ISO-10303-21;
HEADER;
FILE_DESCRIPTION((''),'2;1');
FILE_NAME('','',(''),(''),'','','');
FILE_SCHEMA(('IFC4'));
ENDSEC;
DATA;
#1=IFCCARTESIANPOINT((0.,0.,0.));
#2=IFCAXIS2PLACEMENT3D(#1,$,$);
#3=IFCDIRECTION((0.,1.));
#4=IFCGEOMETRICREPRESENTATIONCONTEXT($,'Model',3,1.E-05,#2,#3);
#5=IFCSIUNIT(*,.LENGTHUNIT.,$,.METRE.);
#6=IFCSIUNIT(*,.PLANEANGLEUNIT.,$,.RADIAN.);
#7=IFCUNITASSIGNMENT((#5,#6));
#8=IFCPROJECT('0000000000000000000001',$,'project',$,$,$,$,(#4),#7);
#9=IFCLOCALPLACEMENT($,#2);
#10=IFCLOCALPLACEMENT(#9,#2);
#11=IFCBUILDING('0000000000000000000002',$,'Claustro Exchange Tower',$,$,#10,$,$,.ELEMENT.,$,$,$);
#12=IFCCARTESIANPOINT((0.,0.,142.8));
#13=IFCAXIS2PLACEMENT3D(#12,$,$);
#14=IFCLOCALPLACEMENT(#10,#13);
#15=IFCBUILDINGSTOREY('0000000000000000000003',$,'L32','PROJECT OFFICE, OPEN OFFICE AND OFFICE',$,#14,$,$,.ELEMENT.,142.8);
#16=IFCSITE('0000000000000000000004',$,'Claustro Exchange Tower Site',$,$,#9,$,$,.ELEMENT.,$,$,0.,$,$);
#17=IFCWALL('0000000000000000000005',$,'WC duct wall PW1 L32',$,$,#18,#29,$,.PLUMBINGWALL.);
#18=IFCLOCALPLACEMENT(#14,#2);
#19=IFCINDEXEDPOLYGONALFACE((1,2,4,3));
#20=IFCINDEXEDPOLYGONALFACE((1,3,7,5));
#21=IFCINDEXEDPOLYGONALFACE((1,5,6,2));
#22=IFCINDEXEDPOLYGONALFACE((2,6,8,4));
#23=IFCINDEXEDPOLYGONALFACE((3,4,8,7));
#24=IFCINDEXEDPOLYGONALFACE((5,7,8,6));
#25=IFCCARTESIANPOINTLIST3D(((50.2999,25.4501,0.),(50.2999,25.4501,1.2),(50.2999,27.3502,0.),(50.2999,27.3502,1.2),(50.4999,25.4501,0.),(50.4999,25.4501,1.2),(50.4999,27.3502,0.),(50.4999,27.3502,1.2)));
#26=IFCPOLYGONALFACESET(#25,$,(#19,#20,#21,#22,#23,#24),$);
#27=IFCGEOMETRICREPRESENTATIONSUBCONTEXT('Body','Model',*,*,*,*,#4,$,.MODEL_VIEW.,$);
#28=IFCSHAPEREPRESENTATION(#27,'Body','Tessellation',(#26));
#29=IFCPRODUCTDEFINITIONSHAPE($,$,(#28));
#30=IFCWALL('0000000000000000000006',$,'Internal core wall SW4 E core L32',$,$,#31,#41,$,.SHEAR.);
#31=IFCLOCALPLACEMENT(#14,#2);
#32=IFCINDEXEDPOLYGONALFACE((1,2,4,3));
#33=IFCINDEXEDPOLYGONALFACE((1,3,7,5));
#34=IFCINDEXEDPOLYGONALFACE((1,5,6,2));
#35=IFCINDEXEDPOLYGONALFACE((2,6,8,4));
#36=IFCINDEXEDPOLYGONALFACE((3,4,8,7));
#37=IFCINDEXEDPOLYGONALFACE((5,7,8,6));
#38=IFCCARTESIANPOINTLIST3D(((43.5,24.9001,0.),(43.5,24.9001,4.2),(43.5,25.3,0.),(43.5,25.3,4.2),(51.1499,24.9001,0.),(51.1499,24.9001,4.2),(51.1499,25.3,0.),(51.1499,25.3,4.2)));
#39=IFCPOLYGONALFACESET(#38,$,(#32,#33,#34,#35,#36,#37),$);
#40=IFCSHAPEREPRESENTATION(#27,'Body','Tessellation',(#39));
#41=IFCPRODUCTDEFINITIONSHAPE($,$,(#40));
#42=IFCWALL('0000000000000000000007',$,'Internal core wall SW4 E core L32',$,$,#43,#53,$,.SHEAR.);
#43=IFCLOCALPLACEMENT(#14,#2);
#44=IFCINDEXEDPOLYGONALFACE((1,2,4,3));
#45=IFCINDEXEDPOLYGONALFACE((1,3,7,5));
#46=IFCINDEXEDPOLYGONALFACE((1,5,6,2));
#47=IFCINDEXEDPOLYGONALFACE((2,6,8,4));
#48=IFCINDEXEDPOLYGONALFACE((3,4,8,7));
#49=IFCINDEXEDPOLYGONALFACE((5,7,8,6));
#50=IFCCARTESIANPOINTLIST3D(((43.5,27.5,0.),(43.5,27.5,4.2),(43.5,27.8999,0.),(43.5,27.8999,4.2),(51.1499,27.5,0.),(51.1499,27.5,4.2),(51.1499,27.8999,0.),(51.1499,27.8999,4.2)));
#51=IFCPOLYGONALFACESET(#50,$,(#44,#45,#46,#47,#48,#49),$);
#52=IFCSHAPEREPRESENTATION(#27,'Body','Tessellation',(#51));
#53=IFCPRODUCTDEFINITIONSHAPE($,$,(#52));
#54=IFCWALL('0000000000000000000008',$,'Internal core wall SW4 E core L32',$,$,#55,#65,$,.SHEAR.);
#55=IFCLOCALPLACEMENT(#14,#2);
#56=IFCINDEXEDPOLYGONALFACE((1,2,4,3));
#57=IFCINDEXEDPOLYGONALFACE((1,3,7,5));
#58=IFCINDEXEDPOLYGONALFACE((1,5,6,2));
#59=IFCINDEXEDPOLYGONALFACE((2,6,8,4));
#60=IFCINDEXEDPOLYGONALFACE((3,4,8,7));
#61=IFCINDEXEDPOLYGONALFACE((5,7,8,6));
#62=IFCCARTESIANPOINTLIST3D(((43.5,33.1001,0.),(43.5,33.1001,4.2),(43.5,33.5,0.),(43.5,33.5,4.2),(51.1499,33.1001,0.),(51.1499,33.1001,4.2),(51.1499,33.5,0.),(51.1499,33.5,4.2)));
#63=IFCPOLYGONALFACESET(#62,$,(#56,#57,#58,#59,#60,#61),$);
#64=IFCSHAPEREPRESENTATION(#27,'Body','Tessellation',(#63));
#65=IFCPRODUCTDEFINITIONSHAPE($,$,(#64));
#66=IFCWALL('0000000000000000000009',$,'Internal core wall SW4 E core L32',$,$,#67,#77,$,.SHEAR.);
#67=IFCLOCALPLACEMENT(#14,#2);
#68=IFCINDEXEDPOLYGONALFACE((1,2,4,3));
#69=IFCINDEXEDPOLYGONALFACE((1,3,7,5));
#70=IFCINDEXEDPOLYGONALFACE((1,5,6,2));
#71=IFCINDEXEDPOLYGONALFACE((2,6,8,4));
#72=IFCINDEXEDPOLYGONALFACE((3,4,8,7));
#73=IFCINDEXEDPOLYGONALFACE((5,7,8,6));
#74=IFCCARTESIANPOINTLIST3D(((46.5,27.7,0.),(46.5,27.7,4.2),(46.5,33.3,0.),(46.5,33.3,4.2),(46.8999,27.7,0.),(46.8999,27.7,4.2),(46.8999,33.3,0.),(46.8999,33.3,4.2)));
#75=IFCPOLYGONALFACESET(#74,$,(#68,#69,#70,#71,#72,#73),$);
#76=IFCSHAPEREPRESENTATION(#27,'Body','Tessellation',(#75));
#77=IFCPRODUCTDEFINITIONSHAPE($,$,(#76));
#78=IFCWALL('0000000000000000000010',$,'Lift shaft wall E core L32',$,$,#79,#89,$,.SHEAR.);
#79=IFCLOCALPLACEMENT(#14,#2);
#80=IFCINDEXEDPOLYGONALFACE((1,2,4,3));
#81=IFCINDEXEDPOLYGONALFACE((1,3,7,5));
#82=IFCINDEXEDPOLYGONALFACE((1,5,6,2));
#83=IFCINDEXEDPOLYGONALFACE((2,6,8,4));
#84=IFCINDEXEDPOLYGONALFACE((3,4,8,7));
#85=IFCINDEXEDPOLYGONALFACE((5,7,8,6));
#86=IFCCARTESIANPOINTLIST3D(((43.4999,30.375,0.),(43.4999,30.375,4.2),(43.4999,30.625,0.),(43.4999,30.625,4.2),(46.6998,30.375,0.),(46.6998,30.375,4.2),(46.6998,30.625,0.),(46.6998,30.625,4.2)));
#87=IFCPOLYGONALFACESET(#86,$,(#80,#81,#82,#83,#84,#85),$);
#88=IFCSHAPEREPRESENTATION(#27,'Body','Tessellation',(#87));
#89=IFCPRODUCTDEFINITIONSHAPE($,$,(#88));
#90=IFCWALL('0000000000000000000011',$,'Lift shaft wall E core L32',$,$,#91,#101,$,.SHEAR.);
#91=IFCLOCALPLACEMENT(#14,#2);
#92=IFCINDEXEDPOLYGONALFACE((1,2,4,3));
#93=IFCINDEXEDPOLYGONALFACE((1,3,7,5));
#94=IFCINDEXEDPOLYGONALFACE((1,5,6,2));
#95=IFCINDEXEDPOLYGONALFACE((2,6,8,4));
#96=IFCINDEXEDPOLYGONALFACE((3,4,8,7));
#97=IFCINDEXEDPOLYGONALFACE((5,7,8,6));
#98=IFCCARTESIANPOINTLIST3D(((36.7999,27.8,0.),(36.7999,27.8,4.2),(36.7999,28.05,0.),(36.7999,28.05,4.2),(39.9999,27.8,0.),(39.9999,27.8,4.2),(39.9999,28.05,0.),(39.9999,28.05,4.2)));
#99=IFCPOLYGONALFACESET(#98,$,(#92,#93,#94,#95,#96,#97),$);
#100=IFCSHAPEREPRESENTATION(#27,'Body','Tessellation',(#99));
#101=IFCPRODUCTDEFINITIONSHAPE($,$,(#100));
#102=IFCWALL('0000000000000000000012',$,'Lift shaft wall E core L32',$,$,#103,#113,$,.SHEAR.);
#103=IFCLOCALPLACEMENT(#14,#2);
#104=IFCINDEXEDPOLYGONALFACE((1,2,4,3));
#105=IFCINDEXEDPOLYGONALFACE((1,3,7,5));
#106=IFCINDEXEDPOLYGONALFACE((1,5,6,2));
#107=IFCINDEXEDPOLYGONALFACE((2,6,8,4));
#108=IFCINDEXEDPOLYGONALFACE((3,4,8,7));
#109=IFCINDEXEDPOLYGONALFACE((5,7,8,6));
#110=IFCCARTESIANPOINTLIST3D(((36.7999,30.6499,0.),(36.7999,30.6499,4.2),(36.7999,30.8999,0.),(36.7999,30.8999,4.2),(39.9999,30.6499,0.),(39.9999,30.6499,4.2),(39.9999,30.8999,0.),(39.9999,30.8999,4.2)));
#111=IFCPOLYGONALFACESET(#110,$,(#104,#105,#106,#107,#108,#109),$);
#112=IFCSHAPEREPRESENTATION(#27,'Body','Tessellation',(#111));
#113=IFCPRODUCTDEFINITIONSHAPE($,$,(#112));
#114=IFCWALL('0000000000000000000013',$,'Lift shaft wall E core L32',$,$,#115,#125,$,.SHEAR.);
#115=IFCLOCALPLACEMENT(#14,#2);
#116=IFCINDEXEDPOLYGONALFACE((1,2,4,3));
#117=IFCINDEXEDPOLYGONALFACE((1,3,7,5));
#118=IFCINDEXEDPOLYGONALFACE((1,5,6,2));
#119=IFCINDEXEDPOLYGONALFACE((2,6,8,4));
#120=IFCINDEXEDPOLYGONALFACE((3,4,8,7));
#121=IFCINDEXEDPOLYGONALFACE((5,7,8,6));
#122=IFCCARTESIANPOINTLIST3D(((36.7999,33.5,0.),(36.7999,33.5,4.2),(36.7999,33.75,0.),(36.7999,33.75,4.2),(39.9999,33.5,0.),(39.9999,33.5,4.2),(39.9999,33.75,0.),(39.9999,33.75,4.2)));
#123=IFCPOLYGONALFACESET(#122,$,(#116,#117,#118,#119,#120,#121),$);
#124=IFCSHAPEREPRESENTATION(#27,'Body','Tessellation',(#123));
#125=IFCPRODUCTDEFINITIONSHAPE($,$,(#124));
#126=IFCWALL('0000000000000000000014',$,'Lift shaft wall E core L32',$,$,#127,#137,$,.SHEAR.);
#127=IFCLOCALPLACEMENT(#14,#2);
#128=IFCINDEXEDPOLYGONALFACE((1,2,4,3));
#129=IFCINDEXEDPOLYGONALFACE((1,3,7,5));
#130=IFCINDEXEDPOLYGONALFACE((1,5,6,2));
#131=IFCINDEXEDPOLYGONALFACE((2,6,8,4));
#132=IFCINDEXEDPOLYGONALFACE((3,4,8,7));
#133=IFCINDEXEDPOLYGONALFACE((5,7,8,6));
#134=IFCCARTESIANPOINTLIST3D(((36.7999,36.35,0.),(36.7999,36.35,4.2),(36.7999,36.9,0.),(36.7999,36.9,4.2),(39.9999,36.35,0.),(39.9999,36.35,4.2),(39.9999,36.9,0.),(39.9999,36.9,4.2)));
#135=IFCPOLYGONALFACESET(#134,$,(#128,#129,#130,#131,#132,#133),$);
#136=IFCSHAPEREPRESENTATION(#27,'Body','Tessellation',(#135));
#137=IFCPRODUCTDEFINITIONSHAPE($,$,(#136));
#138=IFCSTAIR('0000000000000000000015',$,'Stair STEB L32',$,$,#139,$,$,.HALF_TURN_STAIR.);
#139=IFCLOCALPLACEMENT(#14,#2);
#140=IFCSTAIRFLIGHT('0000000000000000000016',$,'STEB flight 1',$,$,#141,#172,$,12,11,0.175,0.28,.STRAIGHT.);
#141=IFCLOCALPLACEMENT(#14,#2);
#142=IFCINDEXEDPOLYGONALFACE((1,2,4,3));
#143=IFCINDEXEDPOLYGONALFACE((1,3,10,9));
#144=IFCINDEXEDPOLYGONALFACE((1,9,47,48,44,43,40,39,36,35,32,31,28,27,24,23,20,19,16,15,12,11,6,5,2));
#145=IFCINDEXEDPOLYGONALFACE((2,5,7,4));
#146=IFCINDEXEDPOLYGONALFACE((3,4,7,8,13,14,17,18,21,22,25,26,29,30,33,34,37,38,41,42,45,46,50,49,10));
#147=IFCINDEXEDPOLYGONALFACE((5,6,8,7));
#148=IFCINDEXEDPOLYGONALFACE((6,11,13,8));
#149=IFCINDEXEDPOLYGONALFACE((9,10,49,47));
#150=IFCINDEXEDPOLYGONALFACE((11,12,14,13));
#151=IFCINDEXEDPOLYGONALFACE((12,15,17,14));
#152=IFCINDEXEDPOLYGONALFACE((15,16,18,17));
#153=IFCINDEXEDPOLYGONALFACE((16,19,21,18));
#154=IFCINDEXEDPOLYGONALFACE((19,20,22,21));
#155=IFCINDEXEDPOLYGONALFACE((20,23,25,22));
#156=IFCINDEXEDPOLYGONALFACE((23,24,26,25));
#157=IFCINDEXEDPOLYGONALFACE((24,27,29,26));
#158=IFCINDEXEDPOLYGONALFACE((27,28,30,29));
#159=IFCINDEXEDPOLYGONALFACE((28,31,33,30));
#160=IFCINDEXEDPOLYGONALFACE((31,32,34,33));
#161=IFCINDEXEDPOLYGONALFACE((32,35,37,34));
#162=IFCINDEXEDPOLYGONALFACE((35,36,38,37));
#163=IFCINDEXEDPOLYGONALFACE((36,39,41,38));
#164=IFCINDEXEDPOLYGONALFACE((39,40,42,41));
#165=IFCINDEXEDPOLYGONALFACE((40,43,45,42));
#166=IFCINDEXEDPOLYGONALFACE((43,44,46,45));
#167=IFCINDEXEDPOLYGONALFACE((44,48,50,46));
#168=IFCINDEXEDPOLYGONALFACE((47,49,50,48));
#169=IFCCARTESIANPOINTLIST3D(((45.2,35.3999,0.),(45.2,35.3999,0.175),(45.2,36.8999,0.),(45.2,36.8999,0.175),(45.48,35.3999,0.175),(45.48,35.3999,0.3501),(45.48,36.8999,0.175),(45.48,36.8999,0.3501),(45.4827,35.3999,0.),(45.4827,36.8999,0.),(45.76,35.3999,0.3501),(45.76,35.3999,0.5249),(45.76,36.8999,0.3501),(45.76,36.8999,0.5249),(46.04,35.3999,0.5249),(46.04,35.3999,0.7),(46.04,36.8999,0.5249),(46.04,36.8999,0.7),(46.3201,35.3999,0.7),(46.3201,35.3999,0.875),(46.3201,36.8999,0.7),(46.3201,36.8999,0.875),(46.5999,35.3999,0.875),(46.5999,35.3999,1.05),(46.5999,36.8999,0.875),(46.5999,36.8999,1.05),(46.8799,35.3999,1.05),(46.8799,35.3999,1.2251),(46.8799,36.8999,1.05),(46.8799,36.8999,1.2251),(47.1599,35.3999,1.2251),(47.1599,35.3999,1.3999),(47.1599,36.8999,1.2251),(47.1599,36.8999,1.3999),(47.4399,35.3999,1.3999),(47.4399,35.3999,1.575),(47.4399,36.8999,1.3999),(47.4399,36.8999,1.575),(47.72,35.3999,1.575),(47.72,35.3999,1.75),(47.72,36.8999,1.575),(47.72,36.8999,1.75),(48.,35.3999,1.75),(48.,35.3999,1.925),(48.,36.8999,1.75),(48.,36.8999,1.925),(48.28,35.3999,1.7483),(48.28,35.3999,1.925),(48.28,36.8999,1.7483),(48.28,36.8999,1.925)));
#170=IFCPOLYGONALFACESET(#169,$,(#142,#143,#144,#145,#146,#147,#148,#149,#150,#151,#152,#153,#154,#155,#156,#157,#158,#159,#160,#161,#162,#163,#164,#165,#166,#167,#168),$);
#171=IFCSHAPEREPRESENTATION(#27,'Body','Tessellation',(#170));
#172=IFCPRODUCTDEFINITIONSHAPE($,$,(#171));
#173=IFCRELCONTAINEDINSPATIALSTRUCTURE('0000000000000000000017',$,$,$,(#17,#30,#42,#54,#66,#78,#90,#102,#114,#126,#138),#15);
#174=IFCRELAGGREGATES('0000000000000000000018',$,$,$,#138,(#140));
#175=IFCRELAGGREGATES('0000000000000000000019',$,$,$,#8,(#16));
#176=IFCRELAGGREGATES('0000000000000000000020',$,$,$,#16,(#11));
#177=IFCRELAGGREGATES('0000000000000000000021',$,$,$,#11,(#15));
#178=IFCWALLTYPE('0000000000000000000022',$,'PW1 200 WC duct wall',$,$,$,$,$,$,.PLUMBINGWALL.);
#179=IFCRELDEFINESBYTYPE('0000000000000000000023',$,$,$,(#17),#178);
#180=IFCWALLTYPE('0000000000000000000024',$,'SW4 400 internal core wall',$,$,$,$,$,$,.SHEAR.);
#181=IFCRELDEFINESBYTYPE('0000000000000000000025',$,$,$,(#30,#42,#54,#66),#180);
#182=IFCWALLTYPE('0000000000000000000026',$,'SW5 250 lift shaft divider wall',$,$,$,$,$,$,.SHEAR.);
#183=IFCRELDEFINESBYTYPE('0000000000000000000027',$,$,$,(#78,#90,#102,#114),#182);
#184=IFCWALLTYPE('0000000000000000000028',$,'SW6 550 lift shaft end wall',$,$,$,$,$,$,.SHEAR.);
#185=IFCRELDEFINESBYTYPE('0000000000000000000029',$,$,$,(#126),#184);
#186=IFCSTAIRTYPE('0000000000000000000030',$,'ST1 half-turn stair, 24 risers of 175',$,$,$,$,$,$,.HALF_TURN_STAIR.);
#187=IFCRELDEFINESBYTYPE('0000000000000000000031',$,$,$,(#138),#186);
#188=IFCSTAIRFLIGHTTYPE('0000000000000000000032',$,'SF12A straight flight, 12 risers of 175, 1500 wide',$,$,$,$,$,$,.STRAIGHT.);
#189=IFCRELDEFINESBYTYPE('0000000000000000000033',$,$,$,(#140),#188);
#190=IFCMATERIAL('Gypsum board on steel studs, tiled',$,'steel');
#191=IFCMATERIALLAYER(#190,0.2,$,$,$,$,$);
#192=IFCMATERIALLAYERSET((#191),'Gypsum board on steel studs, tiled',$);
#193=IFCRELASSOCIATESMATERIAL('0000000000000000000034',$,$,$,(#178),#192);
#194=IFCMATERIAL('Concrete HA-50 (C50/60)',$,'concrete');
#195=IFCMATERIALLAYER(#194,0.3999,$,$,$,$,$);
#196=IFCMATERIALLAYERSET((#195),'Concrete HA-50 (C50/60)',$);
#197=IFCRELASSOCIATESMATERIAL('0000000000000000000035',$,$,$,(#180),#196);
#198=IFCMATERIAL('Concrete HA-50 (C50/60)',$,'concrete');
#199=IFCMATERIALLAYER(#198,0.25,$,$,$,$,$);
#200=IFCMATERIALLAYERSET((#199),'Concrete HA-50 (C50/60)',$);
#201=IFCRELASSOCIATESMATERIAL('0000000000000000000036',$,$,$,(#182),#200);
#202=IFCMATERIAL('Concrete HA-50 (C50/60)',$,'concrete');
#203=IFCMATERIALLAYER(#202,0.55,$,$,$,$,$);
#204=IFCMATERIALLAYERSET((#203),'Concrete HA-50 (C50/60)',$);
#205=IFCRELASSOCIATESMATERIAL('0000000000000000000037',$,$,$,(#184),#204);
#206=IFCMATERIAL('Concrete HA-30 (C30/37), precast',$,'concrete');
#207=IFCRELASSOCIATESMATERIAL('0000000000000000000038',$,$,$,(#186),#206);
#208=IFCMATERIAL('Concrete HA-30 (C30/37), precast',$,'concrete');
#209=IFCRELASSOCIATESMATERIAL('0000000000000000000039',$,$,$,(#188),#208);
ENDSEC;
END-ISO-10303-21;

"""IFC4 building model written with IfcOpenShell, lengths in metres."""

from ifc_helpers import new_model, si_unit, direction, frame, frame_2d, origin, place, context, subcontext, project, spatial, polyline, rectangle, outline, extrude, material, layer, layer_set, type_object, element, aggregate, save


model = new_model("IFC4")

# Units and contexts
model_context = context("Model", 3, precision=1e-05, world=origin(), true_north=direction((0.0, 1.0)))
body_context = subcontext(model_context, "Body", "Model", "MODEL_VIEW")
ifc_project = project(units=[si_unit("LENGTHUNIT", "METRE"), si_unit("PLANEANGLEUNIT", "RADIAN")], contexts=[model_context])

# Site, building, storey
site_placement = place(None, origin())
site = spatial("IfcSite", under=ifc_project, at=site_placement, Name="Claustro Exchange Tower Site", CompositionType="ELEMENT", RefElevation=0.0)
building_placement = place(site_placement, origin())
building = spatial("IfcBuilding", under=site, at=building_placement, Name="Claustro Exchange Tower", CompositionType="ELEMENT")
storey_placement = place(building_placement, frame((0.0, 0.0, 142.8)))
storey = spatial("IfcBuildingStorey", under=building, at=storey_placement, Name="L32", Description="PROJECT OFFICE, OPEN OFFICE AND OFFICE", CompositionType="ELEMENT", Elevation=142.8)

# Walls
ifc_material_1 = material(Name="Gypsum board on steel studs, tiled", Category="steel")
ifc_layer_1 = layer(ifc_material_1, 0.2)
ifc_layer_set_1 = layer_set([ifc_layer_1], Name="Gypsum board on steel studs, tiled")
wall_type_1 = type_object("IfcWallType", Name="PW1 200 WC duct wall", PredefinedType="PLUMBINGWALL", material=ifc_layer_set_1)
wall_1_placement = place(storey_placement, frame((50.3999, 25.45, 0.0), z_axis=(0.0, 0.0, 1.0), x_axis=(0.0, 1.0, 0.0)))
element("IfcWall", 1, at=wall_1_placement, inside=storey, type_object=wall_type_1, Name="WC duct wall PW1 L32", PredefinedType="PLUMBINGWALL", context=body_context, shape_type="SweptSolid", body=[
    extrude(rectangle(XDim=1.9001, YDim=0.2, at=frame_2d((0.9502, 0.0))), origin(), (0.0, 0.0, 1.0), 1.2),
])
ifc_material_2 = material(Name="Concrete HA-50 (C50/60)", Category="concrete")
ifc_layer_2 = layer(ifc_material_2, 0.3999)
ifc_layer_set_2 = layer_set([ifc_layer_2], Name="Concrete HA-50 (C50/60)")
wall_type_2 = type_object("IfcWallType", Name="SW4 400 internal core wall", PredefinedType="SHEAR", material=ifc_layer_set_2)
for number, where, z_axis, x_axis, name in (
    (2, (51.1499, 25.1001, 0.0), (0.0, 0.0, 1.0), (-1.0, 0.0, 0.0), "Internal core wall SW4 E core L32"),
    (3, (51.1499, 27.7, 0.0), (0.0, 0.0, 1.0), (-1.0, 0.0, 0.0), "Internal core wall SW4 E core L32"),
    (4, (51.1499, 33.3, 0.0), (0.0, 0.0, 1.0), (-1.0, 0.0, 0.0), "Internal core wall SW4 E core L32"),
):
    element("IfcWall", number, at=place(storey_placement, frame(where, z_axis=z_axis, x_axis=x_axis)), inside=storey, type_object=wall_type_2, Name=name, PredefinedType="SHEAR", context=body_context, shape_type="SweptSolid", body=[
        extrude(rectangle(XDim=7.6499, YDim=0.3999, at=frame_2d((3.825, 0.0))), origin(), (0.0, 0.0, 1.0), 4.2),
    ])
wall_2_placement = place(storey_placement, frame((46.7, 27.7, 0.0), z_axis=(0.0, 0.0, 1.0), x_axis=(0.0, 1.0, 0.0)))
element("IfcWall", 5, at=wall_2_placement, inside=storey, type_object=wall_type_2, Name="Internal core wall SW4 E core L32", PredefinedType="SHEAR", context=body_context, shape_type="SweptSolid", body=[
    extrude(rectangle(XDim=5.6001, YDim=0.3999, at=frame_2d((2.8, 0.0))), origin(), (0.0, 0.0, 1.0), 4.2),
])
ifc_material_3 = material(Name="Concrete HA-50 (C50/60)", Category="concrete")
ifc_layer_3 = layer(ifc_material_3, 0.25)
ifc_layer_set_3 = layer_set([ifc_layer_3], Name="Concrete HA-50 (C50/60)")
wall_type_3 = type_object("IfcWallType", Name="SW5 250 lift shaft divider wall", PredefinedType="SHEAR", material=ifc_layer_set_3)
for number, where, z_axis, x_axis, name in (
    (6, (46.7, 30.5, 0.0), (0.0, 0.0, 1.0), (-1.0, 0.0, 0.0), "Lift shaft wall E core L32"),
    (7, (40.0, 27.925, 0.0), (0.0, 0.0, 1.0), (-1.0, 0.0, 0.0), "Lift shaft wall E core L32"),
    (8, (40.0, 30.7749, 0.0), (0.0, 0.0, 1.0), (-1.0, 0.0, 0.0), "Lift shaft wall E core L32"),
    (9, (40.0, 33.625, 0.0), (0.0, 0.0, 1.0), (-1.0, 0.0, 0.0), "Lift shaft wall E core L32"),
):
    element("IfcWall", number, at=place(storey_placement, frame(where, z_axis=z_axis, x_axis=x_axis)), inside=storey, type_object=wall_type_3, Name=name, PredefinedType="SHEAR", context=body_context, shape_type="SweptSolid", body=[
        extrude(rectangle(XDim=3.2, YDim=0.25, at=frame_2d((1.6001, 0.0))), origin(), (0.0, 0.0, 1.0), 4.2),
    ])
ifc_material_4 = material(Name="Concrete HA-50 (C50/60)", Category="concrete")
ifc_layer_4 = layer(ifc_material_4, 0.55)
ifc_layer_set_4 = layer_set([ifc_layer_4], Name="Concrete HA-50 (C50/60)")
wall_type_4 = type_object("IfcWallType", Name="SW6 550 lift shaft end wall", PredefinedType="SHEAR", material=ifc_layer_set_4)
wall_3_placement = place(storey_placement, frame((40.0, 36.625, 0.0), z_axis=(0.0, 0.0, 1.0), x_axis=(-1.0, 0.0, 0.0)))
element("IfcWall", 10, at=wall_3_placement, inside=storey, type_object=wall_type_4, Name="Lift shaft wall E core L32", PredefinedType="SHEAR", context=body_context, shape_type="SweptSolid", body=[
    extrude(rectangle(XDim=3.2, YDim=0.55, at=frame_2d((1.6001, 0.0))), origin(), (0.0, 0.0, 1.0), 4.2),
])

# Stair, stair flight
ifc_material_5 = material(Name="Concrete HA-30 (C30/37), precast", Category="concrete")
stair_type = type_object("IfcStairType", Name="ST1 half-turn stair, 24 risers of 175", PredefinedType="HALF_TURN_STAIR", material=ifc_material_5)
stair_placement = place(storey_placement, origin())
stair = element("IfcStair", 11, at=stair_placement, inside=storey, type_object=stair_type, Name="Stair STEB L32", PredefinedType="HALF_TURN_STAIR")
ifc_material_6 = material(Name="Concrete HA-30 (C30/37), precast", Category="concrete")
stair_flight_type = type_object("IfcStairFlightType", Name="SF12A straight flight, 12 risers of 175, 1500 wide", PredefinedType="STRAIGHT", material=ifc_material_6)
stair_flight_1_placement = place(storey_placement, frame((45.2, 36.1499, 0.0), z_axis=(0.0, 0.0, 1.0), x_axis=(1.0, 0.0, 0.0)))
stair_flight_1 = element("IfcStairFlight", 12, at=stair_flight_1_placement, type_object=stair_flight_type, Name="STEB flight 1", NumberOfRisers=12, NumberOfTreads=11, PredefinedType="STRAIGHT", RiserHeight=0.175, TreadLength=0.28, context=body_context, shape_type="SweptSolid", body=[
    extrude(outline(polyline([(0.0, 0.0), (0.0, 0.175), (0.28, 0.175), (0.28, 0.3501), (0.5601, 0.3501), (0.5601, 0.5249), (0.8401, 0.5249), (0.8401, 0.7), (1.1201, 0.7), (1.1201, 0.875), (1.3999, 0.875), (1.3999, 1.05), (1.6799, 1.05), (1.6799, 1.2251), (1.96, 1.2251), (1.96, 1.3999), (2.24, 1.3999), (2.24, 1.575), (2.52, 1.575), (2.52, 1.75), (2.8, 1.75), (2.8, 1.925), (3.0801, 1.925), (3.0801, 2.1001), (3.0801, 1.7483), (0.2827, 0.0), (0.0, 0.0)])), frame((0.0, 0.75, 0.0), z_axis=(0.0, -1.0, 0.0), x_axis=(1.0, 0.0, 0.0)), (0.0, 0.0, 1.0), 1.5),
])
aggregate(stair, [stair_flight_1])

save(model, "model.ifc")
